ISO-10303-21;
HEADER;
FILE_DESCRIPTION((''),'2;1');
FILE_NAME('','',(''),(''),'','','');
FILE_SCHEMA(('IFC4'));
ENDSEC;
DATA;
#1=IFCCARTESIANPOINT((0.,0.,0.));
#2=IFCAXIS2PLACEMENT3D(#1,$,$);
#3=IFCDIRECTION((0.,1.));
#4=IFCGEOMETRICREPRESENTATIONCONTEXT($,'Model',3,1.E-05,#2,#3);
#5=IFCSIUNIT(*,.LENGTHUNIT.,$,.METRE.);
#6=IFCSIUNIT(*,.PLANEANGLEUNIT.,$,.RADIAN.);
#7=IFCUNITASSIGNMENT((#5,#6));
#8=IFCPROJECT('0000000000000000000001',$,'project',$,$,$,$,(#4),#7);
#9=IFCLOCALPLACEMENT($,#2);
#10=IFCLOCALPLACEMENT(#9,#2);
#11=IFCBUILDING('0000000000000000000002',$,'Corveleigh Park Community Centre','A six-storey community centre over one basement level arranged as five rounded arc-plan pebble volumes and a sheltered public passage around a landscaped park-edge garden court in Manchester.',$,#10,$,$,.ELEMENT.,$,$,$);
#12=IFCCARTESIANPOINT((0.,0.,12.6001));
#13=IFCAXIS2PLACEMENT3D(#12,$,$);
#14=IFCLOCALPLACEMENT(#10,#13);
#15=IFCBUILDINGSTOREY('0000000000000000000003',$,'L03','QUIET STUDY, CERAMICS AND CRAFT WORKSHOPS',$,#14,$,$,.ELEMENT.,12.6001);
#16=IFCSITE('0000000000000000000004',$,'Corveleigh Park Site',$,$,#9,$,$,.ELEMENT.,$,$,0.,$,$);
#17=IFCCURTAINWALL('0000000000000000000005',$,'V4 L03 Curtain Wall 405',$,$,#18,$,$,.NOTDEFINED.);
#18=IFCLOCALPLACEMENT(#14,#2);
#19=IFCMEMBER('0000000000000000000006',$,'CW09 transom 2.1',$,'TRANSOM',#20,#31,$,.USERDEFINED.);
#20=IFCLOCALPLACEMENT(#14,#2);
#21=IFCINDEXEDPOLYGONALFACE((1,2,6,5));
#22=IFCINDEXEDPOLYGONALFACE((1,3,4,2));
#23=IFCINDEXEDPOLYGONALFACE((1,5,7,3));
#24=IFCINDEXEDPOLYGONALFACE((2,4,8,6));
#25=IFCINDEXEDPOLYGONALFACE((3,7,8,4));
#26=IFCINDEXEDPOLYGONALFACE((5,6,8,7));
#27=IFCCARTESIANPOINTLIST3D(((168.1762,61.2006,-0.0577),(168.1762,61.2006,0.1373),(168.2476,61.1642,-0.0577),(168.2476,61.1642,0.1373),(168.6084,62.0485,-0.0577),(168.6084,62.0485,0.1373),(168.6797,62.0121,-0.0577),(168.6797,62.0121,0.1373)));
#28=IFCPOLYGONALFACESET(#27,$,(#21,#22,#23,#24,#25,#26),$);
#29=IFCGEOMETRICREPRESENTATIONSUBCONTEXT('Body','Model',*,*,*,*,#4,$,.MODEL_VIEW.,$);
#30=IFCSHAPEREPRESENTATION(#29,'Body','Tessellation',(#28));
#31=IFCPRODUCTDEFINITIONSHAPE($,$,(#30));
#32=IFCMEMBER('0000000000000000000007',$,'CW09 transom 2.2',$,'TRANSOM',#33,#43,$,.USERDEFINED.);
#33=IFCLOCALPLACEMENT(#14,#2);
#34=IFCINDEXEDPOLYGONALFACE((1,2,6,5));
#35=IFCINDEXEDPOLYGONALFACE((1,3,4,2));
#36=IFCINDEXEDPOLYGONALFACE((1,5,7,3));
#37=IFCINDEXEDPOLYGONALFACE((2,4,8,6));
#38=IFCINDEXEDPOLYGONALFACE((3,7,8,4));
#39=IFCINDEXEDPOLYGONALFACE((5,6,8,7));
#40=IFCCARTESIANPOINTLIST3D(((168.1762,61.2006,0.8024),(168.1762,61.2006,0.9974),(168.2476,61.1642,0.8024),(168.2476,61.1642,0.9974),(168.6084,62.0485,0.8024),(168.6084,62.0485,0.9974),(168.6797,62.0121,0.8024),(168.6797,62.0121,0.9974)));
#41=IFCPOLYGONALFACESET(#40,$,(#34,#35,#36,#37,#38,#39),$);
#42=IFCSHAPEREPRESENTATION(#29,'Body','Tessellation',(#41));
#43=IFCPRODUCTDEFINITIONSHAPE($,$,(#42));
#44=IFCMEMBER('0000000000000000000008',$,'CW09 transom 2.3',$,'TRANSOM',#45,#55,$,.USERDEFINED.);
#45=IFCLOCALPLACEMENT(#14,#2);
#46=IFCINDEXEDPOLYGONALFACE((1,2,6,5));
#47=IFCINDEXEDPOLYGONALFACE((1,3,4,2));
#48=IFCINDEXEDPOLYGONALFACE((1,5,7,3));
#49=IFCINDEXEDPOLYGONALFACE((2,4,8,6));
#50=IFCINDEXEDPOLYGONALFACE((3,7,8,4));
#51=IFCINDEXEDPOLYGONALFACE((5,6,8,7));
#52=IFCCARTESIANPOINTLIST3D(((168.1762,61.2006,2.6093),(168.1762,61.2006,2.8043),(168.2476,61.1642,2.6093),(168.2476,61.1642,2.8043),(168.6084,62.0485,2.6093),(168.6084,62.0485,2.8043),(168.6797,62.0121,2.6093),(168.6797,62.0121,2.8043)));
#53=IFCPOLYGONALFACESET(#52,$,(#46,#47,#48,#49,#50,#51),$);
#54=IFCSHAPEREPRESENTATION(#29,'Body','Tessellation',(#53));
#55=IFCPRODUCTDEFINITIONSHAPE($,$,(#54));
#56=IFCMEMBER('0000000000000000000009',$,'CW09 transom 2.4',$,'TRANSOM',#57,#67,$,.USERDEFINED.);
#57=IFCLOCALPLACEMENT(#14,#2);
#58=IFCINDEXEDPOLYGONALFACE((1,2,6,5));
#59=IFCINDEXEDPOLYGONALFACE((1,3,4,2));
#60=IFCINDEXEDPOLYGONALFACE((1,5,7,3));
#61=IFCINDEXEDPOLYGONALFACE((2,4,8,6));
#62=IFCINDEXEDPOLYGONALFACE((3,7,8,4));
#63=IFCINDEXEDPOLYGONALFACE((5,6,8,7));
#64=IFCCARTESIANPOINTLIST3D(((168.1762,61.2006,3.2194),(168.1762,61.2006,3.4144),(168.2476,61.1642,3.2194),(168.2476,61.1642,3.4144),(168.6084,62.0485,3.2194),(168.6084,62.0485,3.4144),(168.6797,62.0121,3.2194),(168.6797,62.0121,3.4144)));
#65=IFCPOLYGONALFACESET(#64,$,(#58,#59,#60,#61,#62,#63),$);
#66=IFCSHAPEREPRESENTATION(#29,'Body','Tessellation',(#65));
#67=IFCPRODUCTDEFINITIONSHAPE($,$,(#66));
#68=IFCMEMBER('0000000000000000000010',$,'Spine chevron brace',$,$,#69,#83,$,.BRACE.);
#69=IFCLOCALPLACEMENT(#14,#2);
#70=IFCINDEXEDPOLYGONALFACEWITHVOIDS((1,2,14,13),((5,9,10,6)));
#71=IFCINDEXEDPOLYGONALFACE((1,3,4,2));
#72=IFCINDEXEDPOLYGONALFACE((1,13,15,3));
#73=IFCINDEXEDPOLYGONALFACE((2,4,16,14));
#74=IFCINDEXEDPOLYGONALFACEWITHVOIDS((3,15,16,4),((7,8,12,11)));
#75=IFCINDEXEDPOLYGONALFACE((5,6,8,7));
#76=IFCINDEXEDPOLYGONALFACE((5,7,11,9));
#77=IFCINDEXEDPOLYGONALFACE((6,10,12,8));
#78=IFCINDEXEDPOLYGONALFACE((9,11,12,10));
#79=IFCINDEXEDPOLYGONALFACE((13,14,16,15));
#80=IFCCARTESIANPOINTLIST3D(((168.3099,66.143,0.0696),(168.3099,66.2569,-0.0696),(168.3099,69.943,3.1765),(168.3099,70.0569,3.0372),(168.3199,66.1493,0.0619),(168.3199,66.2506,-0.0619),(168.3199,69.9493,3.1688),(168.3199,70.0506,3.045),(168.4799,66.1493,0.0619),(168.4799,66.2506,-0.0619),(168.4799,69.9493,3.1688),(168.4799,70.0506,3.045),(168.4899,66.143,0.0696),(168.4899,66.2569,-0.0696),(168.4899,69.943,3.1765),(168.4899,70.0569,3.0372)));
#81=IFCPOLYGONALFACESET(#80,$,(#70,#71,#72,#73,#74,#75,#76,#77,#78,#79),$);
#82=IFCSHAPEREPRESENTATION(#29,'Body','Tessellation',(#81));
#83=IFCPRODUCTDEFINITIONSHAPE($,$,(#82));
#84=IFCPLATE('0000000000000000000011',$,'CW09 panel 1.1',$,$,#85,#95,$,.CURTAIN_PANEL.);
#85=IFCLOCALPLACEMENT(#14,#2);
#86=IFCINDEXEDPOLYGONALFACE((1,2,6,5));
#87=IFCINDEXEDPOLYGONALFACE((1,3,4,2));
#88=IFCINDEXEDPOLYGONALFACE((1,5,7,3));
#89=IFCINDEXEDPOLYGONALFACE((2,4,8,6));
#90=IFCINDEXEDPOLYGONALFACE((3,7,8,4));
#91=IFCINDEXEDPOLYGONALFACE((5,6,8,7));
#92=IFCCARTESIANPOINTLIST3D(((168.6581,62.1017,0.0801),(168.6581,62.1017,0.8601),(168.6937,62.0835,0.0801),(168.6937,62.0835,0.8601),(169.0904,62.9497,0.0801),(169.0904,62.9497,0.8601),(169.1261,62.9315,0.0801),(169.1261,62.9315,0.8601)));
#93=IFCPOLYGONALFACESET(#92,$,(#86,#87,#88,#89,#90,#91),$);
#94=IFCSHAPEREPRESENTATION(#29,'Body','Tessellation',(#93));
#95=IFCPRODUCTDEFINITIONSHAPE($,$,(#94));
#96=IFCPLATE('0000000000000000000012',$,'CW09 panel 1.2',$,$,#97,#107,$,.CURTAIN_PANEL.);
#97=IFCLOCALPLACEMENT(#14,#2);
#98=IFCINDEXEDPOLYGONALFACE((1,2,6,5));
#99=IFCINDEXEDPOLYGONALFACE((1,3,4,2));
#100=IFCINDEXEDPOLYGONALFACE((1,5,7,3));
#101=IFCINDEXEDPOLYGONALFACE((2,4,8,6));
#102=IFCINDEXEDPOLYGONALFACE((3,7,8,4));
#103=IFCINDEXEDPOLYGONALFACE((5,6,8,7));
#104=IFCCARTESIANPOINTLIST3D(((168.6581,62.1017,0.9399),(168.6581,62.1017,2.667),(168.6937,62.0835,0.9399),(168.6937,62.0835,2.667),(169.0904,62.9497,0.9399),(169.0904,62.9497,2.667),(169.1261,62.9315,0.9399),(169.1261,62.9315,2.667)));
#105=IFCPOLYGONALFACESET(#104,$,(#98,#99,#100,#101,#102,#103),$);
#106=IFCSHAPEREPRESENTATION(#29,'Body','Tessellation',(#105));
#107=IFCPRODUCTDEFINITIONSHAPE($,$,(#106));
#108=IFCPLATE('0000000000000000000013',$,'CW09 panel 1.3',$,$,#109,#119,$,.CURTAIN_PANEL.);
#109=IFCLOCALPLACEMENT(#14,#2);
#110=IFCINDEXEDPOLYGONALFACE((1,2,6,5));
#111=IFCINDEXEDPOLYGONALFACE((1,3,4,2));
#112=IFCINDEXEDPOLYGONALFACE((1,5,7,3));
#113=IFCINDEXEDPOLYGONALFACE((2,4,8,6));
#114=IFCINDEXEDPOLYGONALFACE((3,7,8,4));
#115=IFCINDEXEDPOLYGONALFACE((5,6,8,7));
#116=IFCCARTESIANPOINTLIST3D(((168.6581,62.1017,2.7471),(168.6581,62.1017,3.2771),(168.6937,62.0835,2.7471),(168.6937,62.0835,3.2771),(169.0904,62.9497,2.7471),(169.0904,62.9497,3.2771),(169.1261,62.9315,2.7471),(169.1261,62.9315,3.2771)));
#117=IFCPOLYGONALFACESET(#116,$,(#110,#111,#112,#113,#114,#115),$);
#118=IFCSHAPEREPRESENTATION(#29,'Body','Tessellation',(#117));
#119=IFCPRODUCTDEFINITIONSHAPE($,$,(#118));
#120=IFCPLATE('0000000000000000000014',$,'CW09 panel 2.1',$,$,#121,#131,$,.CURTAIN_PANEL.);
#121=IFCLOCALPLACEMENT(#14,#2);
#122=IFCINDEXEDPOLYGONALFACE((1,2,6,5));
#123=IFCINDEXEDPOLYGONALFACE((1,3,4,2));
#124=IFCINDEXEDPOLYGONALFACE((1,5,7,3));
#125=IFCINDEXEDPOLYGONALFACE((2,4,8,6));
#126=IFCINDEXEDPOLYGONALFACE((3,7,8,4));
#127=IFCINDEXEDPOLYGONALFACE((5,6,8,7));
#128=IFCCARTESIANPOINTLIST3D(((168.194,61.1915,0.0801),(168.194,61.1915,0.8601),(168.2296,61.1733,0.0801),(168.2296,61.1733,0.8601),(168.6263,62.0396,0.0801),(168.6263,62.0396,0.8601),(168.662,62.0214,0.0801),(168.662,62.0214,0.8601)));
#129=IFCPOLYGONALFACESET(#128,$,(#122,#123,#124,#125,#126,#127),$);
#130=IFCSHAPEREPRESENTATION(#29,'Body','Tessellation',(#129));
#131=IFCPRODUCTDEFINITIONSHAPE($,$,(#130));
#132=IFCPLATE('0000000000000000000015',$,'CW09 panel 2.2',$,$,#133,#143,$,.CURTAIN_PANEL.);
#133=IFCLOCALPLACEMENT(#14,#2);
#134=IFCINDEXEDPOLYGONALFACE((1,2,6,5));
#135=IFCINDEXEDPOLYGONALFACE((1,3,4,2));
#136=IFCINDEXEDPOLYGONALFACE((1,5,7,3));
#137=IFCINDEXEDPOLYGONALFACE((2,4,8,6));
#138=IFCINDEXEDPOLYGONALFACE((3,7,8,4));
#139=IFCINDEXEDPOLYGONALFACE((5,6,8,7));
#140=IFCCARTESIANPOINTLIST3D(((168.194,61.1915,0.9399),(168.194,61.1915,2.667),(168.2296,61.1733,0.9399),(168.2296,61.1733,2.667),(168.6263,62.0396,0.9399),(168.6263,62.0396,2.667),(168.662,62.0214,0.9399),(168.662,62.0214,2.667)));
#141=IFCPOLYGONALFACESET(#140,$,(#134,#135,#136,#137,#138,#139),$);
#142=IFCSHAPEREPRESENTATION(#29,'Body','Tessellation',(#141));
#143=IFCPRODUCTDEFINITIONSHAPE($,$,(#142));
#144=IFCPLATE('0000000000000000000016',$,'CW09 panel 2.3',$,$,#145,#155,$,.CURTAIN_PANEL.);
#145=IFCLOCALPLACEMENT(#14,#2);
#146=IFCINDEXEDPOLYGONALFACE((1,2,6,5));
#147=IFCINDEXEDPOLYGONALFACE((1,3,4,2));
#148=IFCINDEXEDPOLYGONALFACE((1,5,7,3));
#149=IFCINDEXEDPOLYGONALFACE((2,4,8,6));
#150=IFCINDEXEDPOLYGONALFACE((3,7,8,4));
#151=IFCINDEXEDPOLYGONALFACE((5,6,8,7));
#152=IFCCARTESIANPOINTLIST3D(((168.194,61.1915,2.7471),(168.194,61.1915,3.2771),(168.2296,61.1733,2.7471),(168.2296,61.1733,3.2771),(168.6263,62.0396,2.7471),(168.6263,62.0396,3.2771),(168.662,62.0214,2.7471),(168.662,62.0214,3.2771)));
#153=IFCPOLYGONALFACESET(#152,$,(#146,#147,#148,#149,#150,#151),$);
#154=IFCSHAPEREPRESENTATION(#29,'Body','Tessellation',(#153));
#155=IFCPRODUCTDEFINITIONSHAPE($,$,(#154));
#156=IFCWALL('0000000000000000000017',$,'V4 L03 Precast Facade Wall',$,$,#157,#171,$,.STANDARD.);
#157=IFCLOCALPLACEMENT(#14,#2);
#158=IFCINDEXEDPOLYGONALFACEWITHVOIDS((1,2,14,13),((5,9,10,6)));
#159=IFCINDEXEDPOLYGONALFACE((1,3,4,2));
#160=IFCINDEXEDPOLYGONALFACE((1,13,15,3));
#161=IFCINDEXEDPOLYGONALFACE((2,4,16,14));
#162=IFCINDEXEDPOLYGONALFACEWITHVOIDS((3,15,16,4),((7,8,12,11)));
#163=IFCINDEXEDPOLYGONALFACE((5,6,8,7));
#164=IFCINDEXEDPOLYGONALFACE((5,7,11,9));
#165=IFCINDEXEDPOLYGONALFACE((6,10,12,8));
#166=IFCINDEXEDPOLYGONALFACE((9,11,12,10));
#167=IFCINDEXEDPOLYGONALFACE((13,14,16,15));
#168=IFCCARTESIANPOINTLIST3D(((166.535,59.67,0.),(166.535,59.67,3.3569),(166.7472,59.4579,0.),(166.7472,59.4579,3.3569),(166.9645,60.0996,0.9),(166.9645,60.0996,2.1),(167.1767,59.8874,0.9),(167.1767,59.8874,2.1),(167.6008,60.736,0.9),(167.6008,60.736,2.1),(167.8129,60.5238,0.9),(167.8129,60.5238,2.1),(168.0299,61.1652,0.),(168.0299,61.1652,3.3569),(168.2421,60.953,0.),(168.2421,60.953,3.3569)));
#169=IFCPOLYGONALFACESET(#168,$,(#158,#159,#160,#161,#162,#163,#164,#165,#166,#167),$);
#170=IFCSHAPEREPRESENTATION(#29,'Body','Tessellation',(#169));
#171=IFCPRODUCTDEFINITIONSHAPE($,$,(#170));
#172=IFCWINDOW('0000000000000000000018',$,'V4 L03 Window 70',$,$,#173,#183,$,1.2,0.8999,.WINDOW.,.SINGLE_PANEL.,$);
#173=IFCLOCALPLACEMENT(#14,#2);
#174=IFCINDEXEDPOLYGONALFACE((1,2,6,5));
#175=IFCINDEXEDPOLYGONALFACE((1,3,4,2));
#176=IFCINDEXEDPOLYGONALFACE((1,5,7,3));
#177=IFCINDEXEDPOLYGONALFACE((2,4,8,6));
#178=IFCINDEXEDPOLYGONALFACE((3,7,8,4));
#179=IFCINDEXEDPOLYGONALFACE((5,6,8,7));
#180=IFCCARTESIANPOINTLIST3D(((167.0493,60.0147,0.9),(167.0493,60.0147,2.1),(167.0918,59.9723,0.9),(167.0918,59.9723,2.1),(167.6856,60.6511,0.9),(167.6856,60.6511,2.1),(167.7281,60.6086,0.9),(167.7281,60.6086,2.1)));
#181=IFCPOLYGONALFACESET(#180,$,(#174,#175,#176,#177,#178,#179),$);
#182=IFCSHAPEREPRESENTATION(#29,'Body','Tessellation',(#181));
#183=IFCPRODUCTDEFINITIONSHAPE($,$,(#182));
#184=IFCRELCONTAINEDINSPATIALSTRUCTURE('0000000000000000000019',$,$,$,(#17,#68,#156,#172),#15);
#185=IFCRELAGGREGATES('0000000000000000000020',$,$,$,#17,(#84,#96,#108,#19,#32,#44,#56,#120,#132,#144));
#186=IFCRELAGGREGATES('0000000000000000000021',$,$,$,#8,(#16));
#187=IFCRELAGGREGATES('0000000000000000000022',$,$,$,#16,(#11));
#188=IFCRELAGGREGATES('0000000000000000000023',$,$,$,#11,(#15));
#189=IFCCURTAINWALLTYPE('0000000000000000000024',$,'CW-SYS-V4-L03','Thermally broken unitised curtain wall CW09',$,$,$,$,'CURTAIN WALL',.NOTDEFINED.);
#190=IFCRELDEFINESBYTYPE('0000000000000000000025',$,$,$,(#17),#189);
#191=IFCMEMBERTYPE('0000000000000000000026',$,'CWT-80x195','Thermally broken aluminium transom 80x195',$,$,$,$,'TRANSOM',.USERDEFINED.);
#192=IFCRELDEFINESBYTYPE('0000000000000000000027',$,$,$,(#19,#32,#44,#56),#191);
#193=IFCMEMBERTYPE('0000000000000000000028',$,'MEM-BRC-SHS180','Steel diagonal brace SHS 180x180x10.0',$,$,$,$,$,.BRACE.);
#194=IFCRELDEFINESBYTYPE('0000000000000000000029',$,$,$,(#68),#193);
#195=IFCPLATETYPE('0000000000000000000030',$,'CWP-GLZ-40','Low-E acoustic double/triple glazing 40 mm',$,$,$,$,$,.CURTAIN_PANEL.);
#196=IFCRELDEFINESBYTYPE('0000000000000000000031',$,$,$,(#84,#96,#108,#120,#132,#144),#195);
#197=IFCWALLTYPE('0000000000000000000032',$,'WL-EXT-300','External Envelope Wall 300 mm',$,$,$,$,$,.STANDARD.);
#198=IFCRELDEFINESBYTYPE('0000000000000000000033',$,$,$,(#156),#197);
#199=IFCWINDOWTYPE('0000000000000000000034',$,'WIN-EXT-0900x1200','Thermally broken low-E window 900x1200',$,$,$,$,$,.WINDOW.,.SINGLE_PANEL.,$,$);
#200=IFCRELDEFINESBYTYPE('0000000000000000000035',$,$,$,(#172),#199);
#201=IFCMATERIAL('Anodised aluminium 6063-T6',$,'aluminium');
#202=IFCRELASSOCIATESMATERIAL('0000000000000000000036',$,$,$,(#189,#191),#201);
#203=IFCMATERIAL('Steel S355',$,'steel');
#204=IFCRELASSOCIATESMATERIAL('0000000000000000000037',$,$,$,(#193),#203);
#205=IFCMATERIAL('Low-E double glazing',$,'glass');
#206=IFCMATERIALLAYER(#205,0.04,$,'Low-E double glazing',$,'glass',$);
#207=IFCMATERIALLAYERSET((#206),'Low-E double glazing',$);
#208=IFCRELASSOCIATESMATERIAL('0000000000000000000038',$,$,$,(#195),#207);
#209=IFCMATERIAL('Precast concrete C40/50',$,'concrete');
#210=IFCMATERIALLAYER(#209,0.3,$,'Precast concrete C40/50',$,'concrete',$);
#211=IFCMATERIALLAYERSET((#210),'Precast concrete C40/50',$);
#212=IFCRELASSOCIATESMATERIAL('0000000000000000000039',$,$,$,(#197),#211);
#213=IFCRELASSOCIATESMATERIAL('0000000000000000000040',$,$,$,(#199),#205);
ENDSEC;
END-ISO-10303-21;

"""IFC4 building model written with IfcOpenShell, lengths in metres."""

from ifc_helpers import new_model, si_unit, direction, frame, frame_2d, origin, origin_2d, place, context, subcontext, project, spatial, rectangle, hollow_rectangle, extrude, material, layer, layer_set, material_profile, profile_set, type_object, element, fill, aggregate, save


model = new_model("IFC4")

# Units and contexts
model_context = context("Model", 3, precision=1e-05, world=origin(), true_north=direction((0.0, 1.0)))
body_context = subcontext(model_context, "Body", "Model", "MODEL_VIEW")
ifc_project = project(units=[si_unit("LENGTHUNIT", "METRE"), si_unit("PLANEANGLEUNIT", "RADIAN")], contexts=[model_context])

# Site, building, storey
site_placement = place(None, origin())
site = spatial("IfcSite", under=ifc_project, at=site_placement, Name="Corveleigh Park Site", CompositionType="ELEMENT", RefElevation=0.0)
building_placement = place(site_placement, origin())
building = spatial("IfcBuilding", under=site, at=building_placement, Name="Corveleigh Park Community Centre", Description="A six-storey community centre over one basement level arranged as five rounded arc-plan pebble volumes and a sheltered public passage around a landscaped park-edge garden court in Manchester.", CompositionType="ELEMENT")
storey_placement = place(building_placement, frame((0.0, 0.0, 12.6001)))
storey = spatial("IfcBuildingStorey", under=building, at=storey_placement, Name="L03", Description="QUIET STUDY, CERAMICS AND CRAFT WORKSHOPS", CompositionType="ELEMENT", Elevation=12.6001)

# Shared definitions
ifc_material_1 = material(Name="Steel S355", Category="steel")

# Shared definitions
ifc_material_2 = material(Name="Anodised aluminium 6063-T6", Category="aluminium")
curtain_wall_type = type_object("IfcCurtainWallType", Name="CW-SYS-V4-L03", Description="Thermally broken unitised curtain wall CW09", ElementType="CURTAIN WALL", PredefinedType="NOTDEFINED", material=ifc_material_2)

# Curtain wall
curtain_wall_1_placement = place(storey_placement, origin())
curtain_wall_1 = element("IfcCurtainWall", 1, at=curtain_wall_1_placement, inside=storey, type_object=curtain_wall_type, Name="V4 L03 Curtain Wall 405", PredefinedType="NOTDEFINED")

# Members
ifc_material_profile_1 = material_profile(ifc_material_2, rectangle(XDim=0.0801, YDim=0.1951, at=origin_2d()), Name="ALU-T80x195", Category="aluminium")
ifc_profile_set_1 = profile_set([ifc_material_profile_1], Name="Anodised aluminium 6063-T6")
member_type_1 = type_object("IfcMemberType", Name="CWT-80x195", Description="Thermally broken aluminium transom 80x195", ElementType="TRANSOM", PredefinedType="USERDEFINED", material=ifc_profile_set_1)
member_1_placement = place(storey_placement, frame((168.644, 62.0303, 0.0398), z_axis=(-0.454076, -0.890963, 0.0), x_axis=(0.890963, -0.454076, 0.0)))
member_1 = element("IfcMember", 2, at=member_1_placement, type_object=member_type_1, Name="CW09 transom 2.1", ObjectType="TRANSOM", PredefinedType="USERDEFINED", context=body_context, shape_type="SweptSolid", body=[
    extrude(rectangle(XDim=0.0801, YDim=0.1951, at=origin_2d()), origin(), (0.0, 0.0, 1.0), 0.9517),
])
member_2_placement = place(storey_placement, frame((168.644, 62.0303, 0.8999), z_axis=(-0.454076, -0.890963, 0.0), x_axis=(0.890963, -0.454076, 0.0)))
member_2 = element("IfcMember", 3, at=member_2_placement, type_object=member_type_1, Name="CW09 transom 2.2", ObjectType="TRANSOM", PredefinedType="USERDEFINED", context=body_context, shape_type="SweptSolid", body=[
    extrude(rectangle(XDim=0.0801, YDim=0.1951, at=origin_2d()), origin(), (0.0, 0.0, 1.0), 0.9517),
])
member_3_placement = place(storey_placement, frame((168.644, 62.0303, 2.7068), z_axis=(-0.454076, -0.890963, 0.0), x_axis=(0.890963, -0.454076, 0.0)))
member_3 = element("IfcMember", 4, at=member_3_placement, type_object=member_type_1, Name="CW09 transom 2.3", ObjectType="TRANSOM", PredefinedType="USERDEFINED", context=body_context, shape_type="SweptSolid", body=[
    extrude(rectangle(XDim=0.0801, YDim=0.1951, at=origin_2d()), origin(), (0.0, 0.0, 1.0), 0.9517),
])
member_4_placement = place(storey_placement, frame((168.644, 62.0303, 3.3169), z_axis=(-0.454076, -0.890963, 0.0), x_axis=(0.890963, -0.454076, 0.0)))
member_4 = element("IfcMember", 5, at=member_4_placement, type_object=member_type_1, Name="CW09 transom 2.4", ObjectType="TRANSOM", PredefinedType="USERDEFINED", context=body_context, shape_type="SweptSolid", body=[
    extrude(rectangle(XDim=0.0801, YDim=0.1951, at=origin_2d()), origin(), (0.0, 0.0, 1.0), 0.9517),
])
ifc_material_profile_2 = material_profile(ifc_material_1, hollow_rectangle(XDim=0.1799, YDim=0.1799, WallThickness=0.01, at=origin_2d()), Name="SHS 180x180x10.0", Category="steel")
ifc_profile_set_2 = profile_set([ifc_material_profile_2], Name="Steel S355")
member_type_2 = type_object("IfcMemberType", Name="MEM-BRC-SHS180", Description="Steel diagonal brace SHS 180x180x10.0", PredefinedType="BRACE", material=ifc_profile_set_2)
member_5_placement = place(storey_placement, frame((168.3999, 66.2, 0.0), z_axis=(0.0, 0.774177, 0.63297), x_axis=(-1.0, 0.0, 0.0)))
element("IfcMember", 6, at=member_5_placement, inside=storey, type_object=member_type_2, Name="Spine chevron brace", PredefinedType="BRACE", context=body_context, shape_type="SweptSolid", body=[
    extrude(hollow_rectangle(XDim=0.1799, YDim=0.1799, WallThickness=0.01, at=origin_2d()), origin(), (0.0, 0.0, 1.0), 4.9084),
])

# Plates
ifc_material_3 = material(Name="Low-E double glazing", Category="glass")
ifc_layer_1 = layer(ifc_material_3, 0.04, Name="Low-E double glazing", Category="glass")
ifc_layer_set_1 = layer_set([ifc_layer_1], Name="Low-E double glazing")
plate_type = type_object("IfcPlateType", Name="CWP-GLZ-40", Description="Low-E acoustic double/triple glazing 40 mm", PredefinedType="CURTAIN_PANEL", material=ifc_layer_set_1)
plate_1_placement = place(storey_placement, frame((168.8921, 62.5166, 0.0801), z_axis=(0.0, 0.0, 1.0), x_axis=(-0.454202, -0.890899, 0.0)))
plate_1 = element("IfcPlate", 7, at=plate_1_placement, type_object=plate_type, Name="CW09 panel 1.1", PredefinedType="CURTAIN_PANEL", context=body_context, shape_type="SweptSolid", body=[
    extrude(rectangle(XDim=0.9519, YDim=0.04, at=origin_2d()), origin(), (0.0, 0.0, 1.0), 0.78),
])
plate_2_placement = place(storey_placement, frame((168.8921, 62.5166, 0.9399), z_axis=(0.0, 0.0, 1.0), x_axis=(-0.454202, -0.890899, 0.0)))
plate_2 = element("IfcPlate", 8, at=plate_2_placement, type_object=plate_type, Name="CW09 panel 1.2", PredefinedType="CURTAIN_PANEL", context=body_context, shape_type="SweptSolid", body=[
    extrude(rectangle(XDim=0.9519, YDim=0.04, at=origin_2d()), origin(), (0.0, 0.0, 1.0), 1.7271),
])
plate_3_placement = place(storey_placement, frame((168.8921, 62.5166, 2.7471), z_axis=(0.0, 0.0, 1.0), x_axis=(-0.454202, -0.890899, 0.0)))
plate_3 = element("IfcPlate", 9, at=plate_3_placement, type_object=plate_type, Name="CW09 panel 1.3", PredefinedType="CURTAIN_PANEL", context=body_context, shape_type="SweptSolid", body=[
    extrude(rectangle(XDim=0.9519, YDim=0.04, at=origin_2d()), origin(), (0.0, 0.0, 1.0), 0.53),
])
plate_4_placement = place(storey_placement, frame((168.428, 61.6064, 0.0801), z_axis=(0.0, 0.0, 1.0), x_axis=(-0.454202, -0.890899, 0.0)))
plate_4 = element("IfcPlate", 10, at=plate_4_placement, type_object=plate_type, Name="CW09 panel 2.1", PredefinedType="CURTAIN_PANEL", context=body_context, shape_type="SweptSolid", body=[
    extrude(rectangle(XDim=0.9519, YDim=0.04, at=origin_2d()), origin(), (0.0, 0.0, 1.0), 0.78),
])
plate_5_placement = place(storey_placement, frame((168.428, 61.6064, 0.9399), z_axis=(0.0, 0.0, 1.0), x_axis=(-0.454202, -0.890899, 0.0)))
plate_5 = element("IfcPlate", 11, at=plate_5_placement, type_object=plate_type, Name="CW09 panel 2.2", PredefinedType="CURTAIN_PANEL", context=body_context, shape_type="SweptSolid", body=[
    extrude(rectangle(XDim=0.9519, YDim=0.04, at=origin_2d()), origin(), (0.0, 0.0, 1.0), 1.7271),
])
plate_6_placement = place(storey_placement, frame((168.428, 61.6064, 2.7471), z_axis=(0.0, 0.0, 1.0), x_axis=(-0.454202, -0.890899, 0.0)))
plate_6 = element("IfcPlate", 12, at=plate_6_placement, type_object=plate_type, Name="CW09 panel 2.3", PredefinedType="CURTAIN_PANEL", context=body_context, shape_type="SweptSolid", body=[
    extrude(rectangle(XDim=0.9519, YDim=0.04, at=origin_2d()), origin(), (0.0, 0.0, 1.0), 0.53),
])
aggregate(curtain_wall_1, [plate_1, plate_2, plate_3, member_1, member_2, member_3, member_4, plate_4, plate_5, plate_6])

# Wall, opening, window
ifc_material_4 = material(Name="Precast concrete C40/50", Category="concrete")
ifc_layer_2 = layer(ifc_material_4, 0.3, Name="Precast concrete C40/50", Category="concrete")
ifc_layer_set_2 = layer_set([ifc_layer_2], Name="Precast concrete C40/50")
wall_type_1 = type_object("IfcWallType", Name="WL-EXT-300", Description="External Envelope Wall 300 mm", PredefinedType="STANDARD", material=ifc_layer_set_2)
wall_1_placement = place(storey_placement, frame((168.136, 61.0591, 0.0), z_axis=(0.0, 0.0, 1.0), x_axis=(-0.707049, -0.707165, 0.0)))
wall_1 = element("IfcWall", 13, at=wall_1_placement, inside=storey, type_object=wall_type_1, Name="V4 L03 Precast Facade Wall", PredefinedType="STANDARD", context=body_context, shape_type="SweptSolid", body=[
    extrude(rectangle(XDim=2.1143, YDim=0.3, at=frame_2d((1.0571, 0.0))), origin(), (0.0, 0.0, 1.0), 3.3569),
])
opening_placement = place(wall_1_placement, frame((0.6069, 0.0, 0.8999)))
opening = element("IfcOpeningElement", 14, at=opening_placement, cuts=wall_1, PredefinedType="OPENING", context=body_context, shape_type="SweptSolid", body=[
    extrude(rectangle(XDim=0.8999, YDim=1.2, at=frame_2d((0.45, 0.6001))), frame((0.0, 0.1599, 0.0), z_axis=(0.0, -1.0, 0.0), x_axis=(1.0, 0.0, 0.0)), (0.0, 0.0, 1.0), 0.3201),
])
window_type = type_object("IfcWindowType", Name="WIN-EXT-0900x1200", Description="Thermally broken low-E window 900x1200", PartitioningType="SINGLE_PANEL", PredefinedType="WINDOW", material=ifc_material_3)
window_placement = place(opening_placement, origin())
window = element("IfcWindow", 15, at=window_placement, inside=storey, type_object=window_type, Name="V4 L03 Window 70", OverallHeight=1.2, OverallWidth=0.8999, PartitioningType="SINGLE_PANEL", PredefinedType="WINDOW", context=body_context, shape_type="SweptSolid", body=[
    extrude(rectangle(XDim=0.8999, YDim=1.2, at=frame_2d((0.45, 0.6001))), frame((0.0, 0.03, 0.0), z_axis=(0.0, -1.0, 0.0), x_axis=(1.0, 0.0, 0.0)), (0.0, 0.0, 1.0), 0.0601),
])
fill(opening, window)

save(model, "model.ifc")
